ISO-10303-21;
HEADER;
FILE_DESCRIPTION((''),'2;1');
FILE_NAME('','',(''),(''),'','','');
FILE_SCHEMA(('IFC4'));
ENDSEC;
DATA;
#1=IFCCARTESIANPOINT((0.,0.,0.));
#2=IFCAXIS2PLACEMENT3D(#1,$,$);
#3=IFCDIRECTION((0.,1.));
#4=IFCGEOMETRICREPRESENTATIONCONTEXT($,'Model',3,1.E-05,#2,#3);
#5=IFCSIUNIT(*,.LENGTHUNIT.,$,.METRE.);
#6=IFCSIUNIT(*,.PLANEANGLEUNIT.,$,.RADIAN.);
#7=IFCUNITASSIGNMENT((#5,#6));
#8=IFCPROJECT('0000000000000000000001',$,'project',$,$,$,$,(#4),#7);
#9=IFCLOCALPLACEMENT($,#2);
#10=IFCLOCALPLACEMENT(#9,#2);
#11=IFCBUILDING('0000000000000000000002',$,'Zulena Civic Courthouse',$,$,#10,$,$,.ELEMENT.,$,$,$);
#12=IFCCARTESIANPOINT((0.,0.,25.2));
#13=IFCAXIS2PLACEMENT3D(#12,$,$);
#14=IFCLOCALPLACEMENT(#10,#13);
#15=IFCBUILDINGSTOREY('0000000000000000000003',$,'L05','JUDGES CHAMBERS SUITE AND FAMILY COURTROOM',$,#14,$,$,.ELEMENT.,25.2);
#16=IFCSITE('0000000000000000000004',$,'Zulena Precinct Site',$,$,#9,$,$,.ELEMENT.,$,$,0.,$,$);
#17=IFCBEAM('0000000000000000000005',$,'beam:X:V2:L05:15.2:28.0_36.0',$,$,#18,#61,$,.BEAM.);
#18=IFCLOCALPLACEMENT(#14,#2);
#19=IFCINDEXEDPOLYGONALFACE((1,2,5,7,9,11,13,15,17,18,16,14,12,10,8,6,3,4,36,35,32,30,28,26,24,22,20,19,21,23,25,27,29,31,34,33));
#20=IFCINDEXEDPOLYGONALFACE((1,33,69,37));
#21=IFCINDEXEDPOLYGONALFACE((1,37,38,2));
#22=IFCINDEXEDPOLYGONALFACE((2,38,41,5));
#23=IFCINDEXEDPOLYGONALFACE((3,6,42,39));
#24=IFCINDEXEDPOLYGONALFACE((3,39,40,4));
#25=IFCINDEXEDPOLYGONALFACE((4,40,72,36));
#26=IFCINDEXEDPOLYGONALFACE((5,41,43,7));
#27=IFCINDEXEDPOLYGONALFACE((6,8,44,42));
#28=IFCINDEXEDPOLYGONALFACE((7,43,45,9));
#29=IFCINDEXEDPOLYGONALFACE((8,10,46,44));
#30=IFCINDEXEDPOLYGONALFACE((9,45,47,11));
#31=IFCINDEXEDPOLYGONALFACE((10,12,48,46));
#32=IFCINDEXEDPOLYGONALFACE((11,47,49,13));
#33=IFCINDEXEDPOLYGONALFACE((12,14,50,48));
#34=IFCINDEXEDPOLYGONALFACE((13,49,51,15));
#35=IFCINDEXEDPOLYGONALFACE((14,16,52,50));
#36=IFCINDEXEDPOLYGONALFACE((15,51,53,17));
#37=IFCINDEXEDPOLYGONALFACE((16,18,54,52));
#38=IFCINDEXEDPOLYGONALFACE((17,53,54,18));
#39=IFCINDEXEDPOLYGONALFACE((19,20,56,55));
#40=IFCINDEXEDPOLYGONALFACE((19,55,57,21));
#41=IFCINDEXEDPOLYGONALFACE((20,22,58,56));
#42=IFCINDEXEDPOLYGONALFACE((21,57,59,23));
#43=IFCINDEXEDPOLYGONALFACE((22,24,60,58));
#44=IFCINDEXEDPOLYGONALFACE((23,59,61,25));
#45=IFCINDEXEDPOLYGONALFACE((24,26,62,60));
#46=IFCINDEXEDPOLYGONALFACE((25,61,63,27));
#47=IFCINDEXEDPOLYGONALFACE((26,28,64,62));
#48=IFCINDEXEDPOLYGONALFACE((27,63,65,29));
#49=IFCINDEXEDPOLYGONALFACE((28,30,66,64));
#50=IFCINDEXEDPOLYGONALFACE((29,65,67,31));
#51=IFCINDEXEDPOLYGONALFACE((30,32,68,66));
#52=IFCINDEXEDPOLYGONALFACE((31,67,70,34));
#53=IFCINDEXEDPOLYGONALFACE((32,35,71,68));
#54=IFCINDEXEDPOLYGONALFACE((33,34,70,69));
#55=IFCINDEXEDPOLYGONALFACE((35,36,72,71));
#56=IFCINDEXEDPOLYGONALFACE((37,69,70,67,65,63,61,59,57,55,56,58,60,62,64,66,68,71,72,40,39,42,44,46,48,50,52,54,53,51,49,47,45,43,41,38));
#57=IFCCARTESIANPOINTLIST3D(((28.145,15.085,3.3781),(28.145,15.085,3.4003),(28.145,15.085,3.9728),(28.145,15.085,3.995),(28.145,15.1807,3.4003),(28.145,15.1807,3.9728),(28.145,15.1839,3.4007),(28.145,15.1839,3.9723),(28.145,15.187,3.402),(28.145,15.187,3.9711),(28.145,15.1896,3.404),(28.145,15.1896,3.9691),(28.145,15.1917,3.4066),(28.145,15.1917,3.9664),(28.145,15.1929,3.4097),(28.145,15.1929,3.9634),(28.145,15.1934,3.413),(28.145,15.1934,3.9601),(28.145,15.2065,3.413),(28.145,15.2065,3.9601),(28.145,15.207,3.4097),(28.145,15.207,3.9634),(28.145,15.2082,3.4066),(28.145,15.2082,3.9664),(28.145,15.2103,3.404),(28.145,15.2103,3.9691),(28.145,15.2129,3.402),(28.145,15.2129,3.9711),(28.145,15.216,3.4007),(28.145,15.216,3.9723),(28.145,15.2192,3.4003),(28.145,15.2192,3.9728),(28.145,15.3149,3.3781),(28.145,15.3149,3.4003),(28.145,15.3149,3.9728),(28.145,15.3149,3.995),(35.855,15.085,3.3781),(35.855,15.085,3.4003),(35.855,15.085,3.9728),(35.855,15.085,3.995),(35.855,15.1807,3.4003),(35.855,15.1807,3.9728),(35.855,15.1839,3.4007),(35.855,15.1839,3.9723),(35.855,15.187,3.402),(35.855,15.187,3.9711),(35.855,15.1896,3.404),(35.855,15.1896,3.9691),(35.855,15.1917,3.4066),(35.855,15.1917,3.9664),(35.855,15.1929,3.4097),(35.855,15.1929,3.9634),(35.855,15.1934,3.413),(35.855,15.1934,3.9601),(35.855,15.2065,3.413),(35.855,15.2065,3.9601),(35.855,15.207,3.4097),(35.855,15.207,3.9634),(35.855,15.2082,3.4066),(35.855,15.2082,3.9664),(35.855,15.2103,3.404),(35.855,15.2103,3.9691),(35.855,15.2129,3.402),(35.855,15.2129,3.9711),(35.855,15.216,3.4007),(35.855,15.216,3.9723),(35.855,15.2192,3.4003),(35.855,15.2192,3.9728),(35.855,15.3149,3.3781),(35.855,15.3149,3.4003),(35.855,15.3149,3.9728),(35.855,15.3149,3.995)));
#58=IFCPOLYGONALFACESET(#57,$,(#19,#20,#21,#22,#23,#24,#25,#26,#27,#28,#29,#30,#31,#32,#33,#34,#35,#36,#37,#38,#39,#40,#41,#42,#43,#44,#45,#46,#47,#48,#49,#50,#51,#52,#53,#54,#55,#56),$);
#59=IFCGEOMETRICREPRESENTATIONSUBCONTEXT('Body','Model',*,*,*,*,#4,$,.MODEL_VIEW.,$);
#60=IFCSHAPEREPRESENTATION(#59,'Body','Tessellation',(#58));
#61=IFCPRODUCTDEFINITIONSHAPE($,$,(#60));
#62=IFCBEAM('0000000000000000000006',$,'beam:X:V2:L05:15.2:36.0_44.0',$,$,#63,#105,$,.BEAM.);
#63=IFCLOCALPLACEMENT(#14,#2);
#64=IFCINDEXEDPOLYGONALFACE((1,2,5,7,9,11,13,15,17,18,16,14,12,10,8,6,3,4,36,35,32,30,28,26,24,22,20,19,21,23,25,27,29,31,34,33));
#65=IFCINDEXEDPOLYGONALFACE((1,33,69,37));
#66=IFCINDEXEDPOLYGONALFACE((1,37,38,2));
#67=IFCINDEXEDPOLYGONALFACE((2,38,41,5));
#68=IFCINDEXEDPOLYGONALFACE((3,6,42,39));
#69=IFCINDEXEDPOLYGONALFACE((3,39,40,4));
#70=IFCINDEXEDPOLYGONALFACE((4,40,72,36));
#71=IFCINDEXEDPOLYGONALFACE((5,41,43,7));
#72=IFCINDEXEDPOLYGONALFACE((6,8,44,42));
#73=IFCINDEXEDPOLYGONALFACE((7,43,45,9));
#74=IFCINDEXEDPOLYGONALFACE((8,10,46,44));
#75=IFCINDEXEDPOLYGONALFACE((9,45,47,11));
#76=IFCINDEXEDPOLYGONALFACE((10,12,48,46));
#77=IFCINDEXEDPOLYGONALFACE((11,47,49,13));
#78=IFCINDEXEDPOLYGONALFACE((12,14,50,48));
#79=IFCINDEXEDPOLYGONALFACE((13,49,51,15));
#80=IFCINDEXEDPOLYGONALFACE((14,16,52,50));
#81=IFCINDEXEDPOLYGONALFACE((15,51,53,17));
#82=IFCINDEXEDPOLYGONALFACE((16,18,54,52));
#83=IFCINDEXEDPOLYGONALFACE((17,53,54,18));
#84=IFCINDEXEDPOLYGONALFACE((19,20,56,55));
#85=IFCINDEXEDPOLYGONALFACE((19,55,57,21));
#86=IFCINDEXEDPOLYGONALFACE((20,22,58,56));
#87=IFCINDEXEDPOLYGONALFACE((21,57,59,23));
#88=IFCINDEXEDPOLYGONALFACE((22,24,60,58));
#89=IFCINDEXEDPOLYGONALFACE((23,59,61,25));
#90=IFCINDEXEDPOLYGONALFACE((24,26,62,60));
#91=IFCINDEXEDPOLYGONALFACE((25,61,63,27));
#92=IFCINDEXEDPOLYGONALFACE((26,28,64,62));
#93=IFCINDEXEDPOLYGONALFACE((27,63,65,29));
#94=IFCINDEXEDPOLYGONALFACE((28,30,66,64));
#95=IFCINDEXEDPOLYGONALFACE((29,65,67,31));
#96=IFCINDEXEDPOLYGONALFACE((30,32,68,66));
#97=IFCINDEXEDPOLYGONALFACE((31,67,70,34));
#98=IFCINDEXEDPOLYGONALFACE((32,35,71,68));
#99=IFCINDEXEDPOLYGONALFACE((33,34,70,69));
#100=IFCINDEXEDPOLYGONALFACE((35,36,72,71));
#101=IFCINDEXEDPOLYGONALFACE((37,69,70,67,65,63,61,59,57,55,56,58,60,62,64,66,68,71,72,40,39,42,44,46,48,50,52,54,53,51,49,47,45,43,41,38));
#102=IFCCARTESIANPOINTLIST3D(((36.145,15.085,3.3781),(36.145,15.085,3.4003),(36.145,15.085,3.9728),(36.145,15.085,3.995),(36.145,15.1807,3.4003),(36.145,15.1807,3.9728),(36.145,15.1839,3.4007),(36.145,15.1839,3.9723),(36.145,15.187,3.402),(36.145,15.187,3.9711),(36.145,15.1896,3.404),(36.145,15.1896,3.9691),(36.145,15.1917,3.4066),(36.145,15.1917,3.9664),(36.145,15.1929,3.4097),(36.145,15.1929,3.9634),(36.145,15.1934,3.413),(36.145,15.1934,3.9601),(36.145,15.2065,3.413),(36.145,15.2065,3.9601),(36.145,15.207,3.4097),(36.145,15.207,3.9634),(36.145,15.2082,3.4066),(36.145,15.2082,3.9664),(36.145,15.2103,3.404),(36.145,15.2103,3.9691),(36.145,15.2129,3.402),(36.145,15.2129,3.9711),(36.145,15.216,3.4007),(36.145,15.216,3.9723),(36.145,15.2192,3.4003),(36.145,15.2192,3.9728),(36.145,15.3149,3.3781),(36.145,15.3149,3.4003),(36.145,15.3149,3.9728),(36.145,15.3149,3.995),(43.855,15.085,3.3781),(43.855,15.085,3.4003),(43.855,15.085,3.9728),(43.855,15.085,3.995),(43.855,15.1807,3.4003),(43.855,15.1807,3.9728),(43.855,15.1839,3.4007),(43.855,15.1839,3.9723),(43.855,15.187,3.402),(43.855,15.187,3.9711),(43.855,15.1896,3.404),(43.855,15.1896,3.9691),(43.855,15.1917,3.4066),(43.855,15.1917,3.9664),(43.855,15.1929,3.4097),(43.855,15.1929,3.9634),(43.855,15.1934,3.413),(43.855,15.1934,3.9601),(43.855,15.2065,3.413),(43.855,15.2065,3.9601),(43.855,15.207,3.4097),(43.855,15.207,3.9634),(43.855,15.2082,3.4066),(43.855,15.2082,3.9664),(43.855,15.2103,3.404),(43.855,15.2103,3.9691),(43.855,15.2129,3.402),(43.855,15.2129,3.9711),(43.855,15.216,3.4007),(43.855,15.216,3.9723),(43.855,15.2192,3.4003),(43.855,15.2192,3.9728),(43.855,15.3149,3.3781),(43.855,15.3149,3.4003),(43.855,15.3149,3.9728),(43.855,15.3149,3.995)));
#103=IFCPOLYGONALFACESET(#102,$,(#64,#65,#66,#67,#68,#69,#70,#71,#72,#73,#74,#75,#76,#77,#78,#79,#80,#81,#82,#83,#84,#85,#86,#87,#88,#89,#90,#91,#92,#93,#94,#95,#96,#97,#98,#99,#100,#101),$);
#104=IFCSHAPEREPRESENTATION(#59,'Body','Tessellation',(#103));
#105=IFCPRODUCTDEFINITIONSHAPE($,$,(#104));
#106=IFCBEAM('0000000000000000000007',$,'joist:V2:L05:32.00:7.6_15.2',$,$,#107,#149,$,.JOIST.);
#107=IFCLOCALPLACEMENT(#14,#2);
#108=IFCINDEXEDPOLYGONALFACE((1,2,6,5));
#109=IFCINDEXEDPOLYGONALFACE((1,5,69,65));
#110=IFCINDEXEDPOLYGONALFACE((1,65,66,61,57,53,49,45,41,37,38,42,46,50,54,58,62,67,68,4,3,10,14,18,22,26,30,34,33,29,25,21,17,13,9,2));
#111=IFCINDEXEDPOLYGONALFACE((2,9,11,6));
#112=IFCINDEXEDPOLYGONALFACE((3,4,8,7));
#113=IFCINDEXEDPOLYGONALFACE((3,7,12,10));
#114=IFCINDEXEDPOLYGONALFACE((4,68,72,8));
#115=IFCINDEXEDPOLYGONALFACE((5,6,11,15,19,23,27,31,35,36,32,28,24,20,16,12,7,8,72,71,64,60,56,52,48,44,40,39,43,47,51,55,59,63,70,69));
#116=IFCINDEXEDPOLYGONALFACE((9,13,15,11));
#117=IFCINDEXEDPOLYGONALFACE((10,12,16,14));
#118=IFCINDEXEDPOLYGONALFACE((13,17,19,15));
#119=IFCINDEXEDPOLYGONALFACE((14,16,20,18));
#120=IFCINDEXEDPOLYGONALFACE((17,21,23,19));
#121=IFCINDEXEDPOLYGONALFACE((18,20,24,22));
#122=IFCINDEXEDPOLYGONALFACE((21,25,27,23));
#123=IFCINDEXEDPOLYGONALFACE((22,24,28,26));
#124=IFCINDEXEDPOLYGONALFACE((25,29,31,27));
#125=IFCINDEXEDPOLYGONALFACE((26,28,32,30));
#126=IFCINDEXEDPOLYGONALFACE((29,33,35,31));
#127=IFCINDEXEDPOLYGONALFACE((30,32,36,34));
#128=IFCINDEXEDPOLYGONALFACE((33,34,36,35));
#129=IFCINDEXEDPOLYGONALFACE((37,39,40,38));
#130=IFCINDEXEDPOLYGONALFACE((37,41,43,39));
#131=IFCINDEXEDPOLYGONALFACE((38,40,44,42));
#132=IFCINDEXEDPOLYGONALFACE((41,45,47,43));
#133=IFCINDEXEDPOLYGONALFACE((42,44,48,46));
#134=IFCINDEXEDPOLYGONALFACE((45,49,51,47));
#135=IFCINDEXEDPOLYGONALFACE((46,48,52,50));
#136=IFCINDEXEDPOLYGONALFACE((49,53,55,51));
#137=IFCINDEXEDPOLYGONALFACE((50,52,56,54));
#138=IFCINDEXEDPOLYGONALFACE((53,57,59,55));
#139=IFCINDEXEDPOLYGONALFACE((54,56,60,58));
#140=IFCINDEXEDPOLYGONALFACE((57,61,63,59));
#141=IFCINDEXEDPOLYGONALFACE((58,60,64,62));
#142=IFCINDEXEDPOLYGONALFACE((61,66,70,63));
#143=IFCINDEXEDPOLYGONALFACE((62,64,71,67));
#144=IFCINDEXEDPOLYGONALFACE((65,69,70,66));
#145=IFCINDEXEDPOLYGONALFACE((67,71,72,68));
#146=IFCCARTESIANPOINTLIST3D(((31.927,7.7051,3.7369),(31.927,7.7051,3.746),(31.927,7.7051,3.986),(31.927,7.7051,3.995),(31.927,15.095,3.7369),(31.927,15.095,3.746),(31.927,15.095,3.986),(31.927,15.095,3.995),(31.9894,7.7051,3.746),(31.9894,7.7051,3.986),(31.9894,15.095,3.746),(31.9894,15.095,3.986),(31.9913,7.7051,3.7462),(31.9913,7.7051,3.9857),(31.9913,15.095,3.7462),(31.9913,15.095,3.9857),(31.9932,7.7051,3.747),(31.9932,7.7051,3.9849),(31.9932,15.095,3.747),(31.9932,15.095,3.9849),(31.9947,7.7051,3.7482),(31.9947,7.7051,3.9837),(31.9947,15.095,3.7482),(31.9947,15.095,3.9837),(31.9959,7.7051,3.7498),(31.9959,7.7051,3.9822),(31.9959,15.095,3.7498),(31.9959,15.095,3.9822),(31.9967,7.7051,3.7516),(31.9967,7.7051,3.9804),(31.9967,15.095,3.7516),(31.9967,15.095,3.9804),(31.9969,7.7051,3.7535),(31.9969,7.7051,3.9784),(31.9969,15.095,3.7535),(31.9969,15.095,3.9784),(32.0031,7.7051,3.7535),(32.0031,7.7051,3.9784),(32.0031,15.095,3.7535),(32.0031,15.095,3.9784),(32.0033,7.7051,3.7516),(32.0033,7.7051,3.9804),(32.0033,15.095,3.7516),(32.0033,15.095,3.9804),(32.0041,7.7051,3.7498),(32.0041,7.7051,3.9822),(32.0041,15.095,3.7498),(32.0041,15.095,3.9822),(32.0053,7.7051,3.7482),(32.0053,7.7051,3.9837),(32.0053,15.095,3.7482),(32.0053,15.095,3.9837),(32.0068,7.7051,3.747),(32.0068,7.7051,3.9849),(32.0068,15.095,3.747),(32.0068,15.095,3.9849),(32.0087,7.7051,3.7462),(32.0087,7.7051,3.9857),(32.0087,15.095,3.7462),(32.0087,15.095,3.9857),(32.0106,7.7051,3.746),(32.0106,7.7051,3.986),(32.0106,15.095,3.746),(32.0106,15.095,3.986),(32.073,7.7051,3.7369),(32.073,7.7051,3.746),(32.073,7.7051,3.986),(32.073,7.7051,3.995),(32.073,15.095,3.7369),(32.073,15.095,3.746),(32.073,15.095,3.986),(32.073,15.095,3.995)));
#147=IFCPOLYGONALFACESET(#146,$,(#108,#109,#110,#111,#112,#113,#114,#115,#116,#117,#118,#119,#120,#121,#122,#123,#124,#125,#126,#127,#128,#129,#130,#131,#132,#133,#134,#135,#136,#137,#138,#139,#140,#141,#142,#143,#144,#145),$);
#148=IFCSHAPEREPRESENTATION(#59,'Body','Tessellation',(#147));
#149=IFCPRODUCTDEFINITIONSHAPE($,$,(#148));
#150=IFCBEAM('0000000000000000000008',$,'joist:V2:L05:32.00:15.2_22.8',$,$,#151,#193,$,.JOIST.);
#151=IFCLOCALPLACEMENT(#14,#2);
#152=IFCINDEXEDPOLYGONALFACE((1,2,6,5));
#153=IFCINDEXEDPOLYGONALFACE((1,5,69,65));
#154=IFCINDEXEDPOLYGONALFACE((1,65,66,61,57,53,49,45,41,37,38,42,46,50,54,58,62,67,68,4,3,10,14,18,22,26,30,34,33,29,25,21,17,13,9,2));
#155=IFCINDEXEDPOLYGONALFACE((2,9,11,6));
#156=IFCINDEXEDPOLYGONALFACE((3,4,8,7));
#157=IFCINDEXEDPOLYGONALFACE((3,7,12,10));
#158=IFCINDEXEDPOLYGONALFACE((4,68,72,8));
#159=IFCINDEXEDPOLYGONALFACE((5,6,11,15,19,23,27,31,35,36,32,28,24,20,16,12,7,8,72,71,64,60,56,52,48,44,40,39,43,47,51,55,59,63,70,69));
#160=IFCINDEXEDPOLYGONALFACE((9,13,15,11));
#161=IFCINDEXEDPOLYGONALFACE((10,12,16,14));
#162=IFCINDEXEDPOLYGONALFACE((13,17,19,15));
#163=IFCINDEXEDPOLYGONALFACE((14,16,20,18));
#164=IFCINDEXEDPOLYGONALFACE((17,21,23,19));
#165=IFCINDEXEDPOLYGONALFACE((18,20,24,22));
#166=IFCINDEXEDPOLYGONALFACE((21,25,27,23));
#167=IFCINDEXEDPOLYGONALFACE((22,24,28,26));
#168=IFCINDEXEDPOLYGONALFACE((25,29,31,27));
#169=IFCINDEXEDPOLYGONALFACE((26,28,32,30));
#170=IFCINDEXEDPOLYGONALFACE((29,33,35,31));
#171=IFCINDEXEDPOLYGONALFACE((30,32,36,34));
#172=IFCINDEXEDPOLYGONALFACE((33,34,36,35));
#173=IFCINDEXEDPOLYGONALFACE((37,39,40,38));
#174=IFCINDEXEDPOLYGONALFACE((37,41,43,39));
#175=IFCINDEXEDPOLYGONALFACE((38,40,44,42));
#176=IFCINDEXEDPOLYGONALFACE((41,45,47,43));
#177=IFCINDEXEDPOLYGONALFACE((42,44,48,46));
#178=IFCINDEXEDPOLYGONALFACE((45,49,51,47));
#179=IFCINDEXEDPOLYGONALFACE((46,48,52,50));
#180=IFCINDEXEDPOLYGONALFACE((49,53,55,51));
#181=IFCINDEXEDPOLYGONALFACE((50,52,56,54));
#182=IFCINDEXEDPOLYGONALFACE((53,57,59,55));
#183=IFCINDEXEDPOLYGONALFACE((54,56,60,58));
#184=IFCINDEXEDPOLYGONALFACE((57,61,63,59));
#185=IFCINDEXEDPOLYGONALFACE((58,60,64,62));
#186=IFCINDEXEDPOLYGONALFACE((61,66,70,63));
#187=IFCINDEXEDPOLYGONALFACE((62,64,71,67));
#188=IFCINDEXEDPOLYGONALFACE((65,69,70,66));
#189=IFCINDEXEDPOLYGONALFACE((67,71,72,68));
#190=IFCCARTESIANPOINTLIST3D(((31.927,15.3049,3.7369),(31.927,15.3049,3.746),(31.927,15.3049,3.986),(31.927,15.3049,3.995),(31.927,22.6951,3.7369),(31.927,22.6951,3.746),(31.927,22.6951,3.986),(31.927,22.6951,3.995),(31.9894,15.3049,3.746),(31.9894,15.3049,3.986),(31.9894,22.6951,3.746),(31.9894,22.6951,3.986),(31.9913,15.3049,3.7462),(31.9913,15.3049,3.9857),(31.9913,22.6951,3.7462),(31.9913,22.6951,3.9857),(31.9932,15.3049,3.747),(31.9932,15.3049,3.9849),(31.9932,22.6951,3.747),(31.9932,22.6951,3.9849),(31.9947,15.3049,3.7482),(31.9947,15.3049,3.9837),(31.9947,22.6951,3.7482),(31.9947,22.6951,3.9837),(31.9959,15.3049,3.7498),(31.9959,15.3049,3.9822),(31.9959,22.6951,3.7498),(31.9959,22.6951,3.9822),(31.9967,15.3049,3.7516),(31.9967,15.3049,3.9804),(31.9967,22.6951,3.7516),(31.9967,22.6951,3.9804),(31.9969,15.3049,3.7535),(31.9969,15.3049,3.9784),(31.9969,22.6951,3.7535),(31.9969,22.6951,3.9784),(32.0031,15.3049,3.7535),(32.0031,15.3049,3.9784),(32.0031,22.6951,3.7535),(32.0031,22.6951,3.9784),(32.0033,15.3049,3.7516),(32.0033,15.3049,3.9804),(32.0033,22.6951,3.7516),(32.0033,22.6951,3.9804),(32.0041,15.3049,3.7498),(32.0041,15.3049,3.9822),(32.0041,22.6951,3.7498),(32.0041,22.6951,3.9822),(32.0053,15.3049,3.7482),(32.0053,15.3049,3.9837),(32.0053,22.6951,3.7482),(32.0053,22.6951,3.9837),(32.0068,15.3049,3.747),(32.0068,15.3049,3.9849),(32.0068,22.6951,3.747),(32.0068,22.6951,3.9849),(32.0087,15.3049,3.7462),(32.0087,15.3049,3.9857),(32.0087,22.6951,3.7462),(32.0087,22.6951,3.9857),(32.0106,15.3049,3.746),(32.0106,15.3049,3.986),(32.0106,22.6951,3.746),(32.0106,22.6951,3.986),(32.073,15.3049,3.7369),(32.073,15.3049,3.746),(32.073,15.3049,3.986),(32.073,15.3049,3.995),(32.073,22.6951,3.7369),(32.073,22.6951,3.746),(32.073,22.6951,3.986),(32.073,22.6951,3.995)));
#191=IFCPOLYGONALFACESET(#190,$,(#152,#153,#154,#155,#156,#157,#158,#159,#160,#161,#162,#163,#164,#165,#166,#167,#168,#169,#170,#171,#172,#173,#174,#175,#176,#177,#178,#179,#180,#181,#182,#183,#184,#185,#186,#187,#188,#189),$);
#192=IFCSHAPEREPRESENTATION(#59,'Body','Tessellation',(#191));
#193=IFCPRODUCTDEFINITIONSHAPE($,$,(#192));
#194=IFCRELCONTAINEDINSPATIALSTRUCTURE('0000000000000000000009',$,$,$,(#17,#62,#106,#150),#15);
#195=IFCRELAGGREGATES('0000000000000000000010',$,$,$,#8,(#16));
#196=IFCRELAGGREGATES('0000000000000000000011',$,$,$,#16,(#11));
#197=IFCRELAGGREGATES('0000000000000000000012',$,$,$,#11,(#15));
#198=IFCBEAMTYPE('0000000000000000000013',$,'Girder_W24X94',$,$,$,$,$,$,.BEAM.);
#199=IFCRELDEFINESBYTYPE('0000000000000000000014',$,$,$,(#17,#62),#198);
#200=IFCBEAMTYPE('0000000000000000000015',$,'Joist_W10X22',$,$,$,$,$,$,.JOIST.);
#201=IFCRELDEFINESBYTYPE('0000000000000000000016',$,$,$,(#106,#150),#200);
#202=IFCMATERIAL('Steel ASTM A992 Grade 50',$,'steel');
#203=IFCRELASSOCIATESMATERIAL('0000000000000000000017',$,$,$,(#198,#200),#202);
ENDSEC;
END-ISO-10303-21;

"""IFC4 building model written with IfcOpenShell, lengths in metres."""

from ifc_helpers import new_model, si_unit, direction, frame, origin, origin_2d, place, context, subcontext, project, spatial, i_section, extrude, material, material_profile, profile_set, type_object, element, save


model = new_model("IFC4")

# Units and contexts
model_context = context("Model", 3, precision=1e-05, world=origin(), true_north=direction((0.0, 1.0)))
body_context = subcontext(model_context, "Body", "Model", "MODEL_VIEW")
ifc_project = project(units=[si_unit("LENGTHUNIT", "METRE"), si_unit("PLANEANGLEUNIT", "RADIAN")], contexts=[model_context])

# Site, building, storey
site_placement = place(None, origin())
site = spatial("IfcSite", under=ifc_project, at=site_placement, Name="Zulena Precinct Site", CompositionType="ELEMENT", RefElevation=0.0)
building_placement = place(site_placement, origin())
building = spatial("IfcBuilding", under=site, at=building_placement, Name="Zulena Civic Courthouse", CompositionType="ELEMENT")
storey_placement = place(building_placement, frame((0.0, 0.0, 25.2)))
storey = spatial("IfcBuildingStorey", under=building, at=storey_placement, Name="L05", Description="JUDGES CHAMBERS SUITE AND FAMILY COURTROOM", CompositionType="ELEMENT", Elevation=25.2)

# Shared definitions
ifc_material_1 = material(Name="Steel ASTM A992 Grade 50", Category="steel")

# Beams
ifc_material_profile_1 = material_profile(ifc_material_1, i_section(OverallWidth=0.23, OverallDepth=0.6169, WebThickness=0.0132, FlangeThickness=0.0222, FilletRadius=0.0127, at=origin_2d()), Name="W24X94")
ifc_profile_set_1 = profile_set([ifc_material_profile_1], Name="Steel ASTM A992 Grade 50")
beam_type_1 = type_object("IfcBeamType", Name="Girder_W24X94", PredefinedType="BEAM", material=ifc_profile_set_1)
for number, where, z_axis, x_axis, name in (
    (1, (28.145, 15.2, 3.6865), (1.0, 0.0, 0.0), (0.0, 1.0, 0.0), "beam:X:V2:L05:15.2:28.0_36.0"),
    (2, (36.145, 15.2, 3.6865), (1.0, 0.0, 0.0), (0.0, 1.0, 0.0), "beam:X:V2:L05:15.2:36.0_44.0"),
):
    element("IfcBeam", number, at=place(storey_placement, frame(where, z_axis=z_axis, x_axis=x_axis)), inside=storey, type_object=beam_type_1, Name=name, PredefinedType="BEAM", context=body_context, shape_type="SweptSolid", body=[
        extrude(i_section(OverallWidth=0.23, OverallDepth=0.6169, WebThickness=0.0132, FlangeThickness=0.0222, FilletRadius=0.0127, at=origin_2d()), origin(), (0.0, 0.0, 1.0), 7.71),
    ])
ifc_material_profile_2 = material_profile(ifc_material_1, i_section(OverallWidth=0.146, OverallDepth=0.2581, WebThickness=0.0061, FlangeThickness=0.009, FilletRadius=0.0076, at=origin_2d()), Name="W10X22")
ifc_profile_set_2 = profile_set([ifc_material_profile_2], Name="Steel ASTM A992 Grade 50")
beam_type_2 = type_object("IfcBeamType", Name="Joist_W10X22", PredefinedType="JOIST", material=ifc_profile_set_2)
beam_1_placement = place(storey_placement, frame((32.0, 7.7051, 3.866), z_axis=(0.0, 1.0, 0.0), x_axis=(-1.0, 0.0, 0.0)))
element("IfcBeam", 3, at=beam_1_placement, inside=storey, type_object=beam_type_2, Name="joist:V2:L05:32.00:7.6_15.2", PredefinedType="JOIST", context=body_context, shape_type="SweptSolid", body=[
    extrude(i_section(OverallWidth=0.146, OverallDepth=0.2581, WebThickness=0.0061, FlangeThickness=0.009, FilletRadius=0.0076, at=origin_2d()), origin(), (0.0, 0.0, 1.0), 7.3899),
])
beam_2_placement = place(storey_placement, frame((32.0, 15.3049, 3.866), z_axis=(0.0, 1.0, 0.0), x_axis=(-1.0, 0.0, 0.0)))
element("IfcBeam", 4, at=beam_2_placement, inside=storey, type_object=beam_type_2, Name="joist:V2:L05:32.00:15.2_22.8", PredefinedType="JOIST", context=body_context, shape_type="SweptSolid", body=[
    extrude(i_section(OverallWidth=0.146, OverallDepth=0.2581, WebThickness=0.0061, FlangeThickness=0.009, FilletRadius=0.0076, at=origin_2d()), origin(), (0.0, 0.0, 1.0), 7.3901),
])

save(model, "model.ifc")
